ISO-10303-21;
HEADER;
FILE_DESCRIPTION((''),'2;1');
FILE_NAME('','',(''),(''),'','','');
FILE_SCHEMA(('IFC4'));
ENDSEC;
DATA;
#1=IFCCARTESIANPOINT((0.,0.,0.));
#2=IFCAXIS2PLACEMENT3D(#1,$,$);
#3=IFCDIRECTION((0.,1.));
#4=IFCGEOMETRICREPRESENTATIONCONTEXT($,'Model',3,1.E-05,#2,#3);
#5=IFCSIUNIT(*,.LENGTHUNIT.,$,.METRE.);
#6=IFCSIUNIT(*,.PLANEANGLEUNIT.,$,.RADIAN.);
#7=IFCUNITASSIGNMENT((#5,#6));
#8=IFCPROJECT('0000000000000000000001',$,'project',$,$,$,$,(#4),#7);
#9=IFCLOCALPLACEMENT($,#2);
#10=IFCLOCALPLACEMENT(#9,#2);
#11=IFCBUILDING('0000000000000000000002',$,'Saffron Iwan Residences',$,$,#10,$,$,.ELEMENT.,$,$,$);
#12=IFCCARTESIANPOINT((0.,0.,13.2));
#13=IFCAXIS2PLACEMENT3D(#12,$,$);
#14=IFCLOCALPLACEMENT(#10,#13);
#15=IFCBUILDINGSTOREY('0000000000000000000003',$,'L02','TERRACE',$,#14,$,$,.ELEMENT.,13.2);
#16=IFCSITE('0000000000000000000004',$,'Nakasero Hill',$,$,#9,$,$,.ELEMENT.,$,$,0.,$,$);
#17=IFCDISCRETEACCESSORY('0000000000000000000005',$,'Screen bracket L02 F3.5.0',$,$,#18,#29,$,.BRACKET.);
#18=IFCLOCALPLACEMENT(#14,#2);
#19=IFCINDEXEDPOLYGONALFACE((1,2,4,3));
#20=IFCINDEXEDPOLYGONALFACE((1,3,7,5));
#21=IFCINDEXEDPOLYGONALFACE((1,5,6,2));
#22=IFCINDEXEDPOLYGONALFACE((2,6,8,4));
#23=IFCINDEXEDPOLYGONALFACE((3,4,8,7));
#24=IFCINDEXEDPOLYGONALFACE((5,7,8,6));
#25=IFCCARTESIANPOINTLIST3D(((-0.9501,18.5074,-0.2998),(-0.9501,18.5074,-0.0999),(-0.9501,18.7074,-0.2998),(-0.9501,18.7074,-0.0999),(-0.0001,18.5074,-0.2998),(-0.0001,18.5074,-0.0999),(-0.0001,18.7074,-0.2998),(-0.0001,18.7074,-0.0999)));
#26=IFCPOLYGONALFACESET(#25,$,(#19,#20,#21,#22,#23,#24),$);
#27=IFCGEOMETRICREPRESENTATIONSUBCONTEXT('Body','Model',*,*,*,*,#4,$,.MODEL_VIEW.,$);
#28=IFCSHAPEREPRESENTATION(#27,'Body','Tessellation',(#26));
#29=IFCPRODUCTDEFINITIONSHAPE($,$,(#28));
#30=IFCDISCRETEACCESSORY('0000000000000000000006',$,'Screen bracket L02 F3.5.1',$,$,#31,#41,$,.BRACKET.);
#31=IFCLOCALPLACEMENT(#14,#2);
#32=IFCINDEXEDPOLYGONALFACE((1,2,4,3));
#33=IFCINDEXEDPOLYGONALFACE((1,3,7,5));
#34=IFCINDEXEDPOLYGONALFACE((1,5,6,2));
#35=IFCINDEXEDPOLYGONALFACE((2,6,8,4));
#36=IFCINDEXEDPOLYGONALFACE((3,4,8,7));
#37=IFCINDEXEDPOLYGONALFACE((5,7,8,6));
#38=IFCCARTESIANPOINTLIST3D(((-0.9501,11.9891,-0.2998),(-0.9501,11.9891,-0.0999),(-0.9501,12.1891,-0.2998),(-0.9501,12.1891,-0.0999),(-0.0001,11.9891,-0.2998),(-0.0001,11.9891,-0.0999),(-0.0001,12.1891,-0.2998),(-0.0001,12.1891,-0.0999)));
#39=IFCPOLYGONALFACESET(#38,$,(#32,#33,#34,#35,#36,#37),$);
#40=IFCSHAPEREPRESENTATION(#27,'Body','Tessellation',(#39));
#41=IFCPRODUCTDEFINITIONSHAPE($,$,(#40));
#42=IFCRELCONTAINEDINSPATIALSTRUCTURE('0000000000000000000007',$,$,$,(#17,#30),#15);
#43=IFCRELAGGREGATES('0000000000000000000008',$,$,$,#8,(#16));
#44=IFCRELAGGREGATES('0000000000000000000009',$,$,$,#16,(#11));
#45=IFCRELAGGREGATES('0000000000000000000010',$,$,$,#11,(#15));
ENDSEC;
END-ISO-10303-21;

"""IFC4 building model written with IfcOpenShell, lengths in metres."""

from ifc_helpers import new_model, si_unit, direction, frame, origin, origin_2d, place, context, subcontext, project, spatial, rectangle, extrude, source, transform, mapped, element, save


model = new_model("IFC4")

# Units and contexts
model_context = context("Model", 3, precision=1e-05, world=origin(), true_north=direction((0.0, 1.0)))
body_context = subcontext(model_context, "Body", "Model", "MODEL_VIEW")
ifc_project = project(units=[si_unit("LENGTHUNIT", "METRE"), si_unit("PLANEANGLEUNIT", "RADIAN")], contexts=[model_context])

# Site, building, storey
site_placement = place(None, origin())
site = spatial("IfcSite", under=ifc_project, at=site_placement, Name="Nakasero Hill", CompositionType="ELEMENT", RefElevation=0.0)
building_placement = place(site_placement, origin())
building = spatial("IfcBuilding", under=site, at=building_placement, Name="Saffron Iwan Residences", CompositionType="ELEMENT")
storey_placement = place(building_placement, frame((0.0, 0.0, 13.2)))
storey = spatial("IfcBuildingStorey", under=building, at=storey_placement, Name="L02", Description="TERRACE", CompositionType="ELEMENT", Elevation=13.2)

# Discrete accessories
shared_shape_1 = source(origin(), body_context, "Body", "SweptSolid", [
    extrude(rectangle(XDim=0.95, YDim=0.2, at=origin_2d()), origin(), (0.0, 0.0, 1.0), 0.2),
])
for number, where, z_axis, x_axis, name in (
    (1, (-0.4751, 18.6074, -0.2998), (0.0, 0.0, 1.0), (-1.0, 0.0, 0.0), "Screen bracket L02 F3.5.0"),
    (2, (-0.4751, 12.0891, -0.2998), (0.0, 0.0, 1.0), (-1.0, 0.0, 0.0), "Screen bracket L02 F3.5.1"),
):
    element("IfcDiscreteAccessory", number, at=place(storey_placement, frame(where, z_axis=z_axis, x_axis=x_axis)), inside=storey, Name=name, PredefinedType="BRACKET", context=body_context, shape_type="MappedRepresentation", body=[
        mapped(shared_shape_1, transform((0.0, 0.0, 0.0))),
    ])

save(model, "model.ifc")
